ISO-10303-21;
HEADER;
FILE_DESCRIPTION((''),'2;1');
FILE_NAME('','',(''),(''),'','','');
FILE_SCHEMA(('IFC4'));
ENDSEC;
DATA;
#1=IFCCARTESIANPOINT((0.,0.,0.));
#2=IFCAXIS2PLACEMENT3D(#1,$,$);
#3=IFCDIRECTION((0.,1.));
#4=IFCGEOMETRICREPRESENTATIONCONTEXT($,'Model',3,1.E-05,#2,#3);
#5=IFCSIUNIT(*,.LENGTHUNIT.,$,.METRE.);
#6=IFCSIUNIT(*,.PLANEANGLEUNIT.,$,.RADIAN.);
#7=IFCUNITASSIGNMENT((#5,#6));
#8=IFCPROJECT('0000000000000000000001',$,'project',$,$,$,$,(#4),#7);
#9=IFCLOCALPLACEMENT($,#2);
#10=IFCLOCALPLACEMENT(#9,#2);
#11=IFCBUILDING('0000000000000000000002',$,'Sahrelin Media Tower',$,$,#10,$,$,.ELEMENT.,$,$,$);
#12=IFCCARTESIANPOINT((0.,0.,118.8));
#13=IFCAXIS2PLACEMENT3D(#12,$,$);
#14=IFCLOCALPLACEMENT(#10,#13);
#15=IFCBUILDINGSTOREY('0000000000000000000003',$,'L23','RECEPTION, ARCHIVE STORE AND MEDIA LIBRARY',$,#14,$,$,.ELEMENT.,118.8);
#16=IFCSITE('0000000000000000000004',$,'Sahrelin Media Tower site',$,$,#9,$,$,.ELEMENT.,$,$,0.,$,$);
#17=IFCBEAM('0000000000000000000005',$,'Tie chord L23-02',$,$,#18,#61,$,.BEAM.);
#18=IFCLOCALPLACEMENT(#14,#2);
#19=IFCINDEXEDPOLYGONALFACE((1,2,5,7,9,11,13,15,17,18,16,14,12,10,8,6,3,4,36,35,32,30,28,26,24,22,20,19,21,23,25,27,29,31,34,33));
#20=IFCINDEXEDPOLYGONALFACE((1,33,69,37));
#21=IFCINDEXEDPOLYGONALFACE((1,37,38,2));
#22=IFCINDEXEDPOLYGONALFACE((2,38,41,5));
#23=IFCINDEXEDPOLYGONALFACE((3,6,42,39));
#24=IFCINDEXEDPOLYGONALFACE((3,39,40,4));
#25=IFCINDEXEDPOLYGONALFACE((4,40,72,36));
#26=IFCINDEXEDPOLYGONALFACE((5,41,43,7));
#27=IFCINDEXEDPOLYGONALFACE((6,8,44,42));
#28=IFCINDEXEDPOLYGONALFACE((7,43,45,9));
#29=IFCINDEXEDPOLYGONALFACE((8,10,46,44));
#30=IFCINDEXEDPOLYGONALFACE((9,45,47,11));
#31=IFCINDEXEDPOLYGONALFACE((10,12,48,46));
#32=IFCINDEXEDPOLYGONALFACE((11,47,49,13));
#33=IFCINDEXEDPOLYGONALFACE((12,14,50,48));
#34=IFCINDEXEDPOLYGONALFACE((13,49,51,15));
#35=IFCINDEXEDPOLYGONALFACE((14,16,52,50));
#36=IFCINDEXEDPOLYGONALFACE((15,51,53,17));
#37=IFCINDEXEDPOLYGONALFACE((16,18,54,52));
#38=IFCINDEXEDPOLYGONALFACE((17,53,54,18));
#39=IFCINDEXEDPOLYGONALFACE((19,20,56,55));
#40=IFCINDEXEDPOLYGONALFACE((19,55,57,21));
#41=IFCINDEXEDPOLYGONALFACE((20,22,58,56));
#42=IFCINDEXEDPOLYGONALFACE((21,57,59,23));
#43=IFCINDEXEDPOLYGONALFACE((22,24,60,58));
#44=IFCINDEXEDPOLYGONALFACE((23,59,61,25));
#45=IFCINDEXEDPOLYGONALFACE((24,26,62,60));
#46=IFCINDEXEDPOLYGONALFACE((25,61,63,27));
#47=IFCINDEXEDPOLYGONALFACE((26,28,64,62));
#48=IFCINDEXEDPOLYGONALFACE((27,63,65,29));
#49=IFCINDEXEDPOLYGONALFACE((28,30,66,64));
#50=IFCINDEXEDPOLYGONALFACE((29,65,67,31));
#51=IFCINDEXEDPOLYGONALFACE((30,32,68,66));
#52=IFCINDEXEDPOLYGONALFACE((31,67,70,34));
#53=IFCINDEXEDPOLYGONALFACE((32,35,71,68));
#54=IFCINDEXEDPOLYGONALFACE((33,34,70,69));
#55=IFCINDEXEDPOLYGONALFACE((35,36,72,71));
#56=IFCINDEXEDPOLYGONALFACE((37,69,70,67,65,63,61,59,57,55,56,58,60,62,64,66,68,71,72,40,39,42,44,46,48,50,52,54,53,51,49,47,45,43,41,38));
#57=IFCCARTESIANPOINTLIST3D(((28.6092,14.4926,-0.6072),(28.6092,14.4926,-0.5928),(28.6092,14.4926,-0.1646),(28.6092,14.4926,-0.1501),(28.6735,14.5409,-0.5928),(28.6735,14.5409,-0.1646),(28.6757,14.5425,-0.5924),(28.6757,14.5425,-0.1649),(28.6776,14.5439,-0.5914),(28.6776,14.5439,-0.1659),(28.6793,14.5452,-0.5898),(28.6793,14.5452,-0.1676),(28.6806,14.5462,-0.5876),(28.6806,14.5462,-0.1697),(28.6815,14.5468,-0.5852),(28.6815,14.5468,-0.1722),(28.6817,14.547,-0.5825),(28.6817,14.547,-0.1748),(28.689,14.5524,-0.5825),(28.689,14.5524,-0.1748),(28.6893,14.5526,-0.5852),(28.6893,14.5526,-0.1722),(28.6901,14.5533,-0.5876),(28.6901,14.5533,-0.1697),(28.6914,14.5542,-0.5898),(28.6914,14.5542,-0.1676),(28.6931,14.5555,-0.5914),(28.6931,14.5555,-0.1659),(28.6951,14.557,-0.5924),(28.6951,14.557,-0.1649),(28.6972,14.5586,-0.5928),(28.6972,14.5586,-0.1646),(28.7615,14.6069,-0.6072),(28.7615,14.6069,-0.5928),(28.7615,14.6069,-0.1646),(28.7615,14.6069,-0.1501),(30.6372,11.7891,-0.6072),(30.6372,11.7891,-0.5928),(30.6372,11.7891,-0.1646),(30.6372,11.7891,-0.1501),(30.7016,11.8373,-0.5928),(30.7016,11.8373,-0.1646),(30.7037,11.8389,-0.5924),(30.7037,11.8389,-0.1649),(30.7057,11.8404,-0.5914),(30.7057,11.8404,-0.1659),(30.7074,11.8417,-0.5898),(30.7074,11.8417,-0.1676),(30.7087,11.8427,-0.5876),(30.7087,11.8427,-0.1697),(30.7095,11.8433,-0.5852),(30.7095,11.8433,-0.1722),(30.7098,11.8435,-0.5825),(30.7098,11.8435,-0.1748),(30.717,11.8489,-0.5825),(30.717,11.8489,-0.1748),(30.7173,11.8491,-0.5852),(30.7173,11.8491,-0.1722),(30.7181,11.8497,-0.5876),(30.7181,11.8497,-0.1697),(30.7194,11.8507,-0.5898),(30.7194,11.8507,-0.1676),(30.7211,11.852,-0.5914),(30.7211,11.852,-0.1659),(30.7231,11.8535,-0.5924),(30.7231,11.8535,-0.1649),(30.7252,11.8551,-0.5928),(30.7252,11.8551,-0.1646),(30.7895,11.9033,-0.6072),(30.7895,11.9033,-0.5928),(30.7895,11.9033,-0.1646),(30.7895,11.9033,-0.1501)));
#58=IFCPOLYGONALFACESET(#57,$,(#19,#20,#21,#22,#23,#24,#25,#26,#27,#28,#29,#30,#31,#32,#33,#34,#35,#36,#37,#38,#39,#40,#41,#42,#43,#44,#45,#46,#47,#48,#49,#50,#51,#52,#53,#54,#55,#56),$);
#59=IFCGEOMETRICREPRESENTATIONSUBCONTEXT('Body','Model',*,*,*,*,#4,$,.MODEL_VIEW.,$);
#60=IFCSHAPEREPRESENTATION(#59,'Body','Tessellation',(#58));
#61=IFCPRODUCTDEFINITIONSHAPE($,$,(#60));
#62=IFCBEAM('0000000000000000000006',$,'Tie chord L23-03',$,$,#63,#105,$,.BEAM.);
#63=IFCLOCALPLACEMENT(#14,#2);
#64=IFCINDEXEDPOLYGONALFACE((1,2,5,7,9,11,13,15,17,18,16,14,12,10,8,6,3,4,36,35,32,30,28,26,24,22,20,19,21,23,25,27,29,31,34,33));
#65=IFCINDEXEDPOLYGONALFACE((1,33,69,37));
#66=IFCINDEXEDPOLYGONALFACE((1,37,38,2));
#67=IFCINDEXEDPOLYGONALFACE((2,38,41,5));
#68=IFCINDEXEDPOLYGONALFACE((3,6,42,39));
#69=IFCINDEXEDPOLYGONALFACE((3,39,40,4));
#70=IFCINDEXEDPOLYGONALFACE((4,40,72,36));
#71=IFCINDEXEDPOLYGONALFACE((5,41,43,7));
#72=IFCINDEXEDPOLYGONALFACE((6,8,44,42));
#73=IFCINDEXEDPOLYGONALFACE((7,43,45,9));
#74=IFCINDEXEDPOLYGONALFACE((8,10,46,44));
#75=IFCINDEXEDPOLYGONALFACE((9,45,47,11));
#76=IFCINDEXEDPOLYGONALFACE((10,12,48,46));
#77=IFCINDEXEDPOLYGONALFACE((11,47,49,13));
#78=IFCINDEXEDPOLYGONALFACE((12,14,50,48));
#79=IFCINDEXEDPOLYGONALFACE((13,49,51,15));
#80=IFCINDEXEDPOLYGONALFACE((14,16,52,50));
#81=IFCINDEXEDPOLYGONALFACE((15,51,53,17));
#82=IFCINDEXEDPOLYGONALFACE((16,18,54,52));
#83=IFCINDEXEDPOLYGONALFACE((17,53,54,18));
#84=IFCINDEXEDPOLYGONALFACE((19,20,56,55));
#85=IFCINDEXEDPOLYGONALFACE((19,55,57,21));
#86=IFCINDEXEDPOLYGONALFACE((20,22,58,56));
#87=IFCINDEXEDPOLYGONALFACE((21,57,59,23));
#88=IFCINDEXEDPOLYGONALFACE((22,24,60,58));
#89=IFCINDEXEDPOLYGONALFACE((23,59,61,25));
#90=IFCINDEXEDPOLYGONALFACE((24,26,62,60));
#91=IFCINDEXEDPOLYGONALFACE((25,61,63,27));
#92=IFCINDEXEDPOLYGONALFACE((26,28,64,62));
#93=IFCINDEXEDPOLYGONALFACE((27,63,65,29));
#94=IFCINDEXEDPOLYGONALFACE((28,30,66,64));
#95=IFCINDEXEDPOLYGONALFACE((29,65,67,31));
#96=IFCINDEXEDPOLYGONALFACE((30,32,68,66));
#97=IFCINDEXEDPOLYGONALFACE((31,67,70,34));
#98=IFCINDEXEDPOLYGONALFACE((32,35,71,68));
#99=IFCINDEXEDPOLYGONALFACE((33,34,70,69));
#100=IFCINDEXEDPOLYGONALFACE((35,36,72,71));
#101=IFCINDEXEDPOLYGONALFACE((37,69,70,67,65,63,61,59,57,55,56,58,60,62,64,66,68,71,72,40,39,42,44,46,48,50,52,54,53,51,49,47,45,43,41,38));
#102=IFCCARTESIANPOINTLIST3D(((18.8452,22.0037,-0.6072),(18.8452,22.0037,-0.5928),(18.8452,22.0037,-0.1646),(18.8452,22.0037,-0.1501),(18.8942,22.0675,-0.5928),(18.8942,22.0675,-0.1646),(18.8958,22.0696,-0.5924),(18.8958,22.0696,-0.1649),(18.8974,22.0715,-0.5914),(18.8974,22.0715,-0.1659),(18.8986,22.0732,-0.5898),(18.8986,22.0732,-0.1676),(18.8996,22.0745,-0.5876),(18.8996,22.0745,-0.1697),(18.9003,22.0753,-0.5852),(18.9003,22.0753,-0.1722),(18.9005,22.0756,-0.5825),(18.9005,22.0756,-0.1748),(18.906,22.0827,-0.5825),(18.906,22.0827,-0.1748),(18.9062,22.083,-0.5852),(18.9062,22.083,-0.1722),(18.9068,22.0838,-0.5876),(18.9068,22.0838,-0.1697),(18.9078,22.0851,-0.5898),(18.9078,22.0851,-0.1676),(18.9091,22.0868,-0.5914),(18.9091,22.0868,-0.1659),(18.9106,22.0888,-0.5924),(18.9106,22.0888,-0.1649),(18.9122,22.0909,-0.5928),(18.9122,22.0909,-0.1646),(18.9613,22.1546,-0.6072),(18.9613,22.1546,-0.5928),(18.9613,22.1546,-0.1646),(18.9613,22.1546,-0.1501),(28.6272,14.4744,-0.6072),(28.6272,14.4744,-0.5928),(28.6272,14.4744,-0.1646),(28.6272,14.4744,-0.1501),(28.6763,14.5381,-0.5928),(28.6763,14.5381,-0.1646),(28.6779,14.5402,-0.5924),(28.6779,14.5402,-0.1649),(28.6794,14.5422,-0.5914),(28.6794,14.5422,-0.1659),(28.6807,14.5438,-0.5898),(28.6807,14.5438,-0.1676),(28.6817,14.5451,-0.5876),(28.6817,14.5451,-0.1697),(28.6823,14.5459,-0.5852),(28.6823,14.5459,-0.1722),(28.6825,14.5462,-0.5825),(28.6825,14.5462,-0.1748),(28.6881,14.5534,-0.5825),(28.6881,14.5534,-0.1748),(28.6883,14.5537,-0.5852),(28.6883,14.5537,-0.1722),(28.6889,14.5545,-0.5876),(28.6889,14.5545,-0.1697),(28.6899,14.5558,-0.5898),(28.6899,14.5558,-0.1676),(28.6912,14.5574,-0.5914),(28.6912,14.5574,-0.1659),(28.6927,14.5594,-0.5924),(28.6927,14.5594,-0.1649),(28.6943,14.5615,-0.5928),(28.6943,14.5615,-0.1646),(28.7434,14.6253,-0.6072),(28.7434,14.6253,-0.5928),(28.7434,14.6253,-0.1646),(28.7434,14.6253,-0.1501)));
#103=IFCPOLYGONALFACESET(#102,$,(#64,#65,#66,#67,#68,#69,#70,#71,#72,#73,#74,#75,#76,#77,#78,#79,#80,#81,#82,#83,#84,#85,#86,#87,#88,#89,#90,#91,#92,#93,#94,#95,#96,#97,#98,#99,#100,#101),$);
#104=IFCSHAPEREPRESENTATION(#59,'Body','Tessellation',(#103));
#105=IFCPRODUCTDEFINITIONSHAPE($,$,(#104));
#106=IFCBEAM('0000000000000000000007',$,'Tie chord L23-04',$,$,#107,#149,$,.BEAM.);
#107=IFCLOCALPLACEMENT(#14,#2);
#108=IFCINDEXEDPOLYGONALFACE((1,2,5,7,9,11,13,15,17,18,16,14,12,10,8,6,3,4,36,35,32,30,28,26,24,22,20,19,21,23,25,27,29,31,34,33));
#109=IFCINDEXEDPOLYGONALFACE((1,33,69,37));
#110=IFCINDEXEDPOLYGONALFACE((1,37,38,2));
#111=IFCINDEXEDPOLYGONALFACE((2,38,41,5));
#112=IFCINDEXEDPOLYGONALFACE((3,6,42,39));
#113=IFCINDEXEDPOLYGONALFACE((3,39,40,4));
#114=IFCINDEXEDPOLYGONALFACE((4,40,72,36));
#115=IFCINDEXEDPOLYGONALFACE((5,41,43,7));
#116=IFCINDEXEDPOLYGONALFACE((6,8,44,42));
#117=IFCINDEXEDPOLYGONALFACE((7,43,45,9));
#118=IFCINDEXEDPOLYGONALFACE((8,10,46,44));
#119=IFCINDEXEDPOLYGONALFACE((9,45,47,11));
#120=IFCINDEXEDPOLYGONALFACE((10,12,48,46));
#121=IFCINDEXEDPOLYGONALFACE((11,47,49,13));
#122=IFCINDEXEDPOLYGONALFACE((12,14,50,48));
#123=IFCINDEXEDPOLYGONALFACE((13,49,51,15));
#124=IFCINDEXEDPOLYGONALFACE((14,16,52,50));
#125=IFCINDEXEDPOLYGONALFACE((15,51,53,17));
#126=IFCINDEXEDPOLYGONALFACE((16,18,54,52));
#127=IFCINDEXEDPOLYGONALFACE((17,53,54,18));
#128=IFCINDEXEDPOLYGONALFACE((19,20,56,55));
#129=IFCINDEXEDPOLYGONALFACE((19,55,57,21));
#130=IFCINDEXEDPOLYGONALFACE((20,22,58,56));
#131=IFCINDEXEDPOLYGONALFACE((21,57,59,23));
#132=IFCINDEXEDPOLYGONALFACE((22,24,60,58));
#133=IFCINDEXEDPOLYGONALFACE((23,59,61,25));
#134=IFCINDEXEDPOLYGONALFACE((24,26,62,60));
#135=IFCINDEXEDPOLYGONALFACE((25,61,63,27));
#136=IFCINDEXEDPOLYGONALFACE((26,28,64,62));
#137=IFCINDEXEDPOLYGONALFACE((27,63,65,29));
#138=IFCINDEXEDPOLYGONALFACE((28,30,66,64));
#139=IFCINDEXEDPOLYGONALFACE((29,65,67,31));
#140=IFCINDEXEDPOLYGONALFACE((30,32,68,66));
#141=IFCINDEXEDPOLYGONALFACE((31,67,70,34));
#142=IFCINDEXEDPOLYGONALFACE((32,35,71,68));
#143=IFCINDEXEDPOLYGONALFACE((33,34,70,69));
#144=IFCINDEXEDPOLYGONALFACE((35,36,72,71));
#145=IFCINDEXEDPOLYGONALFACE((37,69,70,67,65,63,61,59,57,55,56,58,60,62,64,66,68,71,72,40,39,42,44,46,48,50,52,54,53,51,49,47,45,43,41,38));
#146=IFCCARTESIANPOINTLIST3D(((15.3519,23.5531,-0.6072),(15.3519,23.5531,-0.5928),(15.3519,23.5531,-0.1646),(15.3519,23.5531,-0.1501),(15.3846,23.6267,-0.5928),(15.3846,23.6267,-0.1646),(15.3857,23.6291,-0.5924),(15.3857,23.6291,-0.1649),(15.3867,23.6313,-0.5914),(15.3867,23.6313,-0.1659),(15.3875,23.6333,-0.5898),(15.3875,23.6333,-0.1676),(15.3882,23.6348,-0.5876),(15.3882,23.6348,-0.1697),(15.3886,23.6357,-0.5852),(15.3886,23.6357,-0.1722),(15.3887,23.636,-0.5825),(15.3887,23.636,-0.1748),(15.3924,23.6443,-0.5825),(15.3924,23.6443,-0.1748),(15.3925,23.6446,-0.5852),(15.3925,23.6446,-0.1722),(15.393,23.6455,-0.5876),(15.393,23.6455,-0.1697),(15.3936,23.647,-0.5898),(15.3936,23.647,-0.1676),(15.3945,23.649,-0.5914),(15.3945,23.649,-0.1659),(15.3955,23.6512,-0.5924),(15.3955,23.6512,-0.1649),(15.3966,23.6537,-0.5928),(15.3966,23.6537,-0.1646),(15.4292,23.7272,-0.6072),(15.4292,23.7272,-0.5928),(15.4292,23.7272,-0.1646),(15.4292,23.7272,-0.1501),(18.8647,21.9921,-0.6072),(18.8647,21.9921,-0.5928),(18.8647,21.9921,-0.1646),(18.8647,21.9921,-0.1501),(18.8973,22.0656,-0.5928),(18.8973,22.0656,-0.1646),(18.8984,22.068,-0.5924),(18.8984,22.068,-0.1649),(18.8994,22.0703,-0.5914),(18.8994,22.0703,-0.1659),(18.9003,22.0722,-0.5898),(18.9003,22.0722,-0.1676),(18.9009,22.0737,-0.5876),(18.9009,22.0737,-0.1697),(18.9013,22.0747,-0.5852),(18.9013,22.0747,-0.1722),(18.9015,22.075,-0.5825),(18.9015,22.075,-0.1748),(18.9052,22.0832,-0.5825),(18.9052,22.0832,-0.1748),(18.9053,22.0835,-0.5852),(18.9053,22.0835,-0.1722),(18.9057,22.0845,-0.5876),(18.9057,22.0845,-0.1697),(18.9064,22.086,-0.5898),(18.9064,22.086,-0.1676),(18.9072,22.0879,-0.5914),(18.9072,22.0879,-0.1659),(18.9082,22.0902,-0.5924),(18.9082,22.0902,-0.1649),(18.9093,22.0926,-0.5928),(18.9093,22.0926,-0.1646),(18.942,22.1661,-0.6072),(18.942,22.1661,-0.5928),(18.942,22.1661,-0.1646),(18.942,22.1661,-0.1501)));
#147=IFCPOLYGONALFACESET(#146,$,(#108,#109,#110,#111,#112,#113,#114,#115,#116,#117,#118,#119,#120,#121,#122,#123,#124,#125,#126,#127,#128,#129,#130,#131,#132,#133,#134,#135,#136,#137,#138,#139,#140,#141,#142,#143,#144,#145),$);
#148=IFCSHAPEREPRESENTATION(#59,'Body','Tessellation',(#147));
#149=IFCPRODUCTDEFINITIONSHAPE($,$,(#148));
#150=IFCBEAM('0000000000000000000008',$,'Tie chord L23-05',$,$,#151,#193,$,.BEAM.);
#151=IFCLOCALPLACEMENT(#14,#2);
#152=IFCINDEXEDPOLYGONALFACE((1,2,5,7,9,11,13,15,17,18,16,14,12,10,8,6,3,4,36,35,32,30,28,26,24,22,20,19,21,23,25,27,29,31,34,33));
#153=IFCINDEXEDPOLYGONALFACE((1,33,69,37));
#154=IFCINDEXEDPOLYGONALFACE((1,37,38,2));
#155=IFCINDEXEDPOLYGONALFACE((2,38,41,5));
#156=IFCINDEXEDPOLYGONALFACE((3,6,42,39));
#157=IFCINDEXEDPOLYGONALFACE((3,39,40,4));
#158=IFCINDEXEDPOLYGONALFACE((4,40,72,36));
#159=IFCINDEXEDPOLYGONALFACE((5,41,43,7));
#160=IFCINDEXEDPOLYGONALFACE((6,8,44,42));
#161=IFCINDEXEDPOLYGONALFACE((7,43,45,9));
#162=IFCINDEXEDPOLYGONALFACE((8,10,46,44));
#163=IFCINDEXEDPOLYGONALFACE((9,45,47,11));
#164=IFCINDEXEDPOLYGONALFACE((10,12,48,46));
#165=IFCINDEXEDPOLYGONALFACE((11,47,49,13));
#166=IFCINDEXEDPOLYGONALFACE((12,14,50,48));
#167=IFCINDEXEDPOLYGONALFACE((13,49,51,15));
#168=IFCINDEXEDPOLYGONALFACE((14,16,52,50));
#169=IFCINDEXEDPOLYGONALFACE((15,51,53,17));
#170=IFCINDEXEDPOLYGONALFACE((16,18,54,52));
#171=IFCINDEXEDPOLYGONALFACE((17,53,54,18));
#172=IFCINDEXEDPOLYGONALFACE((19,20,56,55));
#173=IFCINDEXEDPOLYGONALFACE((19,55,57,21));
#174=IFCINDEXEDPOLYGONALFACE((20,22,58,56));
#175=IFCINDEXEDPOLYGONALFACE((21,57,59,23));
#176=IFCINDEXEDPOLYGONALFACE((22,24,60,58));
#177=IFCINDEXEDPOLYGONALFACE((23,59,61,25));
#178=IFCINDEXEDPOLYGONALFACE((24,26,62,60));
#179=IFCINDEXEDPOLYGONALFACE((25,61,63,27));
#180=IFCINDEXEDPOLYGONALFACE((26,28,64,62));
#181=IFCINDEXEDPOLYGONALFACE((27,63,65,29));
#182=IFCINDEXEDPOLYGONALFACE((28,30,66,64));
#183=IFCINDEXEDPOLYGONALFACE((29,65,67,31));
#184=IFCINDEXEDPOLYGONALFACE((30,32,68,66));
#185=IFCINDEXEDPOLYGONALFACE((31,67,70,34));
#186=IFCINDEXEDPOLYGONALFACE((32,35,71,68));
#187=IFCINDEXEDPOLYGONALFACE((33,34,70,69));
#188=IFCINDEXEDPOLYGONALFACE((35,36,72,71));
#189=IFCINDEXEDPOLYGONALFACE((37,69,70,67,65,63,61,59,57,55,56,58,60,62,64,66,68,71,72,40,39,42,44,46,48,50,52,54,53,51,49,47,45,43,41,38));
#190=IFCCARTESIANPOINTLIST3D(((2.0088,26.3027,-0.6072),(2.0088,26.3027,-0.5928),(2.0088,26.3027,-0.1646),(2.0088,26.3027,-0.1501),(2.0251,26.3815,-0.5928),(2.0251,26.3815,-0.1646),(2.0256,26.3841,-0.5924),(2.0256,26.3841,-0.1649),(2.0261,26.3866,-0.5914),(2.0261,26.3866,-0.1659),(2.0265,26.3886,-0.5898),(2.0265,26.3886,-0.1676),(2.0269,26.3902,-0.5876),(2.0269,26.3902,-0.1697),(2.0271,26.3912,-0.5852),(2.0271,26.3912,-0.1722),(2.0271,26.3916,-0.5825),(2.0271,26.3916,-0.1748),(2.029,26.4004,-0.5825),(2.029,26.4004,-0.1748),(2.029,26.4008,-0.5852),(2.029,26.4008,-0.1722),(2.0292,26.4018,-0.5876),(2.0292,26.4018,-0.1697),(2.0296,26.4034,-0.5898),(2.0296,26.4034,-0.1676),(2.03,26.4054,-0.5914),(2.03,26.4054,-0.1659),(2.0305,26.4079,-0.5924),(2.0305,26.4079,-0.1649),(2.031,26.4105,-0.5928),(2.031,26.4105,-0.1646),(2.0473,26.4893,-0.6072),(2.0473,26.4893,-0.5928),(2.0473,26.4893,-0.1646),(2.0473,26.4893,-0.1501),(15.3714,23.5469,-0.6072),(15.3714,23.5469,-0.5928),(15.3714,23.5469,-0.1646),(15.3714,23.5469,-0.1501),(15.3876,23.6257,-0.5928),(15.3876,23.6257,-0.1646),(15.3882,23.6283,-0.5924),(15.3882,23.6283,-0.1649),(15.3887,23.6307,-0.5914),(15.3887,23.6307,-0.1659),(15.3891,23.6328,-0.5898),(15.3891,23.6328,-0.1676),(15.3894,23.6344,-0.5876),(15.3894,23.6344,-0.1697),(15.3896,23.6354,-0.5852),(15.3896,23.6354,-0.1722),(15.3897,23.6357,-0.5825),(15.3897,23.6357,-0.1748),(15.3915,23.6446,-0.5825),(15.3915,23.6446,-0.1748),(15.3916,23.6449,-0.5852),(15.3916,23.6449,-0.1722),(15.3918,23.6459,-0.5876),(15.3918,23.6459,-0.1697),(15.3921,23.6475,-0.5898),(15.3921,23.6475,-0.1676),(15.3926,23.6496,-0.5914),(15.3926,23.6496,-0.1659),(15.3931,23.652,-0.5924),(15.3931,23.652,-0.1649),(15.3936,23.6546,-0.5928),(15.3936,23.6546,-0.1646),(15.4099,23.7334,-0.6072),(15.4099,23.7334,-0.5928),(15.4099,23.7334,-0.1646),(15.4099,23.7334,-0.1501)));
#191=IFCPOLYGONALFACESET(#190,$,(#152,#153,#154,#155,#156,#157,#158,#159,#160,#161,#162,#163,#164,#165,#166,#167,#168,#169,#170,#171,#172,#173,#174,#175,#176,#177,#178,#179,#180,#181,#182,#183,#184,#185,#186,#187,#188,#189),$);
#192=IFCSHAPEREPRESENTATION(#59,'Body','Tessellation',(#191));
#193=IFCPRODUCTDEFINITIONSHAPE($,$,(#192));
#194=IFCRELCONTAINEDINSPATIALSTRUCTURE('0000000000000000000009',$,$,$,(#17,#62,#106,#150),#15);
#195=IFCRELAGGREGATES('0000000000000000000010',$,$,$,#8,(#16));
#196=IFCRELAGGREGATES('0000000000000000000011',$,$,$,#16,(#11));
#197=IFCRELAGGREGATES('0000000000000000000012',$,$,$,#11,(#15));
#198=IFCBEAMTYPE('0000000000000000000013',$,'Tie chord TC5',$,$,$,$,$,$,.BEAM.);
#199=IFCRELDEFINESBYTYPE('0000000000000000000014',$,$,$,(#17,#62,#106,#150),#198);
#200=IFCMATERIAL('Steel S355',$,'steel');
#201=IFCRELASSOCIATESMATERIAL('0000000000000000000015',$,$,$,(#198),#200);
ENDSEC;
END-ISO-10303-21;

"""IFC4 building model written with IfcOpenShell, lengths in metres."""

from ifc_helpers import new_model, si_unit, direction, frame, origin, origin_2d, place, context, subcontext, project, spatial, i_section, extrude, material, material_profile, profile_set, type_object, element, save


model = new_model("IFC4")

# Units and contexts
model_context = context("Model", 3, precision=1e-05, world=origin(), true_north=direction((0.0, 1.0)))
body_context = subcontext(model_context, "Body", "Model", "MODEL_VIEW")
ifc_project = project(units=[si_unit("LENGTHUNIT", "METRE"), si_unit("PLANEANGLEUNIT", "RADIAN")], contexts=[model_context])

# Site, building, storey
site_placement = place(None, origin())
site = spatial("IfcSite", under=ifc_project, at=site_placement, Name="Sahrelin Media Tower site", CompositionType="ELEMENT", RefElevation=0.0)
building_placement = place(site_placement, origin())
building = spatial("IfcBuilding", under=site, at=building_placement, Name="Sahrelin Media Tower", CompositionType="ELEMENT")
storey_placement = place(building_placement, frame((0.0, 0.0, 118.8)))
storey = spatial("IfcBuildingStorey", under=building, at=storey_placement, Name="L23", Description="RECEPTION, ARCHIVE STORE AND MEDIA LIBRARY", CompositionType="ELEMENT", Elevation=118.8)

# Shared definitions
ifc_material_1 = material(Name="Steel S355", Category="steel")

# Beams
ifc_material_profile_1 = material_profile(ifc_material_1, i_section(OverallWidth=0.1904, OverallDepth=0.457, WebThickness=0.009, FlangeThickness=0.0144, FilletRadius=0.0103, at=origin_2d()), Name="UB 457x191x74")
ifc_profile_set_1 = profile_set([ifc_material_profile_1], Name="Steel S355")
beam_type_1 = type_object("IfcBeamType", Name="Tie chord TC5", PredefinedType="BEAM", material=ifc_profile_set_1)
beam_1_placement = place(storey_placement, frame((30.7134, 11.8462, -0.3787), z_axis=(-0.600069, 0.799948, 0.0), x_axis=(-0.799948, -0.600069, 0.0)))
element("IfcBeam", 1, at=beam_1_placement, inside=storey, type_object=beam_type_1, Name="Tie chord L23-02", PredefinedType="BEAM", context=body_context, shape_type="SweptSolid", body=[
    extrude(i_section(OverallWidth=0.1904, OverallDepth=0.457, WebThickness=0.009, FlangeThickness=0.0144, FilletRadius=0.0103, at=origin_2d()), origin(), (0.0, 0.0, 1.0), 3.3796),
])
beam_2_placement = place(storey_placement, frame((28.6853, 14.5498, -0.3787), z_axis=(-0.79244, 0.60995, 0.0), x_axis=(-0.60995, -0.79244, 0.0)))
element("IfcBeam", 2, at=beam_2_placement, inside=storey, type_object=beam_type_1, Name="Tie chord L23-03", PredefinedType="BEAM", context=body_context, shape_type="SweptSolid", body=[
    extrude(i_section(OverallWidth=0.1904, OverallDepth=0.457, WebThickness=0.009, FlangeThickness=0.0144, FilletRadius=0.0103, at=origin_2d()), origin(), (0.0, 0.0, 1.0), 12.3442),
])
beam_3_placement = place(storey_placement, frame((18.9033, 22.0791, -0.3787), z_axis=(-0.913827, 0.406103, 0.0), x_axis=(-0.406103, -0.913827, 0.0)))
element("IfcBeam", 3, at=beam_3_placement, inside=storey, type_object=beam_type_1, Name="Tie chord L23-04", PredefinedType="BEAM", context=body_context, shape_type="SweptSolid", body=[
    extrude(i_section(OverallWidth=0.1904, OverallDepth=0.457, WebThickness=0.009, FlangeThickness=0.0144, FilletRadius=0.0103, at=origin_2d()), origin(), (0.0, 0.0, 1.0), 3.844),
])
beam_4_placement = place(storey_placement, frame((15.3906, 23.6401, -0.3787), z_axis=(-0.979388, 0.201987, 0.0), x_axis=(-0.201987, -0.979388, 0.0)))
element("IfcBeam", 4, at=beam_4_placement, inside=storey, type_object=beam_type_1, Name="Tie chord L23-05", PredefinedType="BEAM", context=body_context, shape_type="SweptSolid", body=[
    extrude(i_section(OverallWidth=0.1904, OverallDepth=0.457, WebThickness=0.009, FlangeThickness=0.0144, FilletRadius=0.0103, at=origin_2d()), origin(), (0.0, 0.0, 1.0), 13.6438),
])

save(model, "model.ifc")
